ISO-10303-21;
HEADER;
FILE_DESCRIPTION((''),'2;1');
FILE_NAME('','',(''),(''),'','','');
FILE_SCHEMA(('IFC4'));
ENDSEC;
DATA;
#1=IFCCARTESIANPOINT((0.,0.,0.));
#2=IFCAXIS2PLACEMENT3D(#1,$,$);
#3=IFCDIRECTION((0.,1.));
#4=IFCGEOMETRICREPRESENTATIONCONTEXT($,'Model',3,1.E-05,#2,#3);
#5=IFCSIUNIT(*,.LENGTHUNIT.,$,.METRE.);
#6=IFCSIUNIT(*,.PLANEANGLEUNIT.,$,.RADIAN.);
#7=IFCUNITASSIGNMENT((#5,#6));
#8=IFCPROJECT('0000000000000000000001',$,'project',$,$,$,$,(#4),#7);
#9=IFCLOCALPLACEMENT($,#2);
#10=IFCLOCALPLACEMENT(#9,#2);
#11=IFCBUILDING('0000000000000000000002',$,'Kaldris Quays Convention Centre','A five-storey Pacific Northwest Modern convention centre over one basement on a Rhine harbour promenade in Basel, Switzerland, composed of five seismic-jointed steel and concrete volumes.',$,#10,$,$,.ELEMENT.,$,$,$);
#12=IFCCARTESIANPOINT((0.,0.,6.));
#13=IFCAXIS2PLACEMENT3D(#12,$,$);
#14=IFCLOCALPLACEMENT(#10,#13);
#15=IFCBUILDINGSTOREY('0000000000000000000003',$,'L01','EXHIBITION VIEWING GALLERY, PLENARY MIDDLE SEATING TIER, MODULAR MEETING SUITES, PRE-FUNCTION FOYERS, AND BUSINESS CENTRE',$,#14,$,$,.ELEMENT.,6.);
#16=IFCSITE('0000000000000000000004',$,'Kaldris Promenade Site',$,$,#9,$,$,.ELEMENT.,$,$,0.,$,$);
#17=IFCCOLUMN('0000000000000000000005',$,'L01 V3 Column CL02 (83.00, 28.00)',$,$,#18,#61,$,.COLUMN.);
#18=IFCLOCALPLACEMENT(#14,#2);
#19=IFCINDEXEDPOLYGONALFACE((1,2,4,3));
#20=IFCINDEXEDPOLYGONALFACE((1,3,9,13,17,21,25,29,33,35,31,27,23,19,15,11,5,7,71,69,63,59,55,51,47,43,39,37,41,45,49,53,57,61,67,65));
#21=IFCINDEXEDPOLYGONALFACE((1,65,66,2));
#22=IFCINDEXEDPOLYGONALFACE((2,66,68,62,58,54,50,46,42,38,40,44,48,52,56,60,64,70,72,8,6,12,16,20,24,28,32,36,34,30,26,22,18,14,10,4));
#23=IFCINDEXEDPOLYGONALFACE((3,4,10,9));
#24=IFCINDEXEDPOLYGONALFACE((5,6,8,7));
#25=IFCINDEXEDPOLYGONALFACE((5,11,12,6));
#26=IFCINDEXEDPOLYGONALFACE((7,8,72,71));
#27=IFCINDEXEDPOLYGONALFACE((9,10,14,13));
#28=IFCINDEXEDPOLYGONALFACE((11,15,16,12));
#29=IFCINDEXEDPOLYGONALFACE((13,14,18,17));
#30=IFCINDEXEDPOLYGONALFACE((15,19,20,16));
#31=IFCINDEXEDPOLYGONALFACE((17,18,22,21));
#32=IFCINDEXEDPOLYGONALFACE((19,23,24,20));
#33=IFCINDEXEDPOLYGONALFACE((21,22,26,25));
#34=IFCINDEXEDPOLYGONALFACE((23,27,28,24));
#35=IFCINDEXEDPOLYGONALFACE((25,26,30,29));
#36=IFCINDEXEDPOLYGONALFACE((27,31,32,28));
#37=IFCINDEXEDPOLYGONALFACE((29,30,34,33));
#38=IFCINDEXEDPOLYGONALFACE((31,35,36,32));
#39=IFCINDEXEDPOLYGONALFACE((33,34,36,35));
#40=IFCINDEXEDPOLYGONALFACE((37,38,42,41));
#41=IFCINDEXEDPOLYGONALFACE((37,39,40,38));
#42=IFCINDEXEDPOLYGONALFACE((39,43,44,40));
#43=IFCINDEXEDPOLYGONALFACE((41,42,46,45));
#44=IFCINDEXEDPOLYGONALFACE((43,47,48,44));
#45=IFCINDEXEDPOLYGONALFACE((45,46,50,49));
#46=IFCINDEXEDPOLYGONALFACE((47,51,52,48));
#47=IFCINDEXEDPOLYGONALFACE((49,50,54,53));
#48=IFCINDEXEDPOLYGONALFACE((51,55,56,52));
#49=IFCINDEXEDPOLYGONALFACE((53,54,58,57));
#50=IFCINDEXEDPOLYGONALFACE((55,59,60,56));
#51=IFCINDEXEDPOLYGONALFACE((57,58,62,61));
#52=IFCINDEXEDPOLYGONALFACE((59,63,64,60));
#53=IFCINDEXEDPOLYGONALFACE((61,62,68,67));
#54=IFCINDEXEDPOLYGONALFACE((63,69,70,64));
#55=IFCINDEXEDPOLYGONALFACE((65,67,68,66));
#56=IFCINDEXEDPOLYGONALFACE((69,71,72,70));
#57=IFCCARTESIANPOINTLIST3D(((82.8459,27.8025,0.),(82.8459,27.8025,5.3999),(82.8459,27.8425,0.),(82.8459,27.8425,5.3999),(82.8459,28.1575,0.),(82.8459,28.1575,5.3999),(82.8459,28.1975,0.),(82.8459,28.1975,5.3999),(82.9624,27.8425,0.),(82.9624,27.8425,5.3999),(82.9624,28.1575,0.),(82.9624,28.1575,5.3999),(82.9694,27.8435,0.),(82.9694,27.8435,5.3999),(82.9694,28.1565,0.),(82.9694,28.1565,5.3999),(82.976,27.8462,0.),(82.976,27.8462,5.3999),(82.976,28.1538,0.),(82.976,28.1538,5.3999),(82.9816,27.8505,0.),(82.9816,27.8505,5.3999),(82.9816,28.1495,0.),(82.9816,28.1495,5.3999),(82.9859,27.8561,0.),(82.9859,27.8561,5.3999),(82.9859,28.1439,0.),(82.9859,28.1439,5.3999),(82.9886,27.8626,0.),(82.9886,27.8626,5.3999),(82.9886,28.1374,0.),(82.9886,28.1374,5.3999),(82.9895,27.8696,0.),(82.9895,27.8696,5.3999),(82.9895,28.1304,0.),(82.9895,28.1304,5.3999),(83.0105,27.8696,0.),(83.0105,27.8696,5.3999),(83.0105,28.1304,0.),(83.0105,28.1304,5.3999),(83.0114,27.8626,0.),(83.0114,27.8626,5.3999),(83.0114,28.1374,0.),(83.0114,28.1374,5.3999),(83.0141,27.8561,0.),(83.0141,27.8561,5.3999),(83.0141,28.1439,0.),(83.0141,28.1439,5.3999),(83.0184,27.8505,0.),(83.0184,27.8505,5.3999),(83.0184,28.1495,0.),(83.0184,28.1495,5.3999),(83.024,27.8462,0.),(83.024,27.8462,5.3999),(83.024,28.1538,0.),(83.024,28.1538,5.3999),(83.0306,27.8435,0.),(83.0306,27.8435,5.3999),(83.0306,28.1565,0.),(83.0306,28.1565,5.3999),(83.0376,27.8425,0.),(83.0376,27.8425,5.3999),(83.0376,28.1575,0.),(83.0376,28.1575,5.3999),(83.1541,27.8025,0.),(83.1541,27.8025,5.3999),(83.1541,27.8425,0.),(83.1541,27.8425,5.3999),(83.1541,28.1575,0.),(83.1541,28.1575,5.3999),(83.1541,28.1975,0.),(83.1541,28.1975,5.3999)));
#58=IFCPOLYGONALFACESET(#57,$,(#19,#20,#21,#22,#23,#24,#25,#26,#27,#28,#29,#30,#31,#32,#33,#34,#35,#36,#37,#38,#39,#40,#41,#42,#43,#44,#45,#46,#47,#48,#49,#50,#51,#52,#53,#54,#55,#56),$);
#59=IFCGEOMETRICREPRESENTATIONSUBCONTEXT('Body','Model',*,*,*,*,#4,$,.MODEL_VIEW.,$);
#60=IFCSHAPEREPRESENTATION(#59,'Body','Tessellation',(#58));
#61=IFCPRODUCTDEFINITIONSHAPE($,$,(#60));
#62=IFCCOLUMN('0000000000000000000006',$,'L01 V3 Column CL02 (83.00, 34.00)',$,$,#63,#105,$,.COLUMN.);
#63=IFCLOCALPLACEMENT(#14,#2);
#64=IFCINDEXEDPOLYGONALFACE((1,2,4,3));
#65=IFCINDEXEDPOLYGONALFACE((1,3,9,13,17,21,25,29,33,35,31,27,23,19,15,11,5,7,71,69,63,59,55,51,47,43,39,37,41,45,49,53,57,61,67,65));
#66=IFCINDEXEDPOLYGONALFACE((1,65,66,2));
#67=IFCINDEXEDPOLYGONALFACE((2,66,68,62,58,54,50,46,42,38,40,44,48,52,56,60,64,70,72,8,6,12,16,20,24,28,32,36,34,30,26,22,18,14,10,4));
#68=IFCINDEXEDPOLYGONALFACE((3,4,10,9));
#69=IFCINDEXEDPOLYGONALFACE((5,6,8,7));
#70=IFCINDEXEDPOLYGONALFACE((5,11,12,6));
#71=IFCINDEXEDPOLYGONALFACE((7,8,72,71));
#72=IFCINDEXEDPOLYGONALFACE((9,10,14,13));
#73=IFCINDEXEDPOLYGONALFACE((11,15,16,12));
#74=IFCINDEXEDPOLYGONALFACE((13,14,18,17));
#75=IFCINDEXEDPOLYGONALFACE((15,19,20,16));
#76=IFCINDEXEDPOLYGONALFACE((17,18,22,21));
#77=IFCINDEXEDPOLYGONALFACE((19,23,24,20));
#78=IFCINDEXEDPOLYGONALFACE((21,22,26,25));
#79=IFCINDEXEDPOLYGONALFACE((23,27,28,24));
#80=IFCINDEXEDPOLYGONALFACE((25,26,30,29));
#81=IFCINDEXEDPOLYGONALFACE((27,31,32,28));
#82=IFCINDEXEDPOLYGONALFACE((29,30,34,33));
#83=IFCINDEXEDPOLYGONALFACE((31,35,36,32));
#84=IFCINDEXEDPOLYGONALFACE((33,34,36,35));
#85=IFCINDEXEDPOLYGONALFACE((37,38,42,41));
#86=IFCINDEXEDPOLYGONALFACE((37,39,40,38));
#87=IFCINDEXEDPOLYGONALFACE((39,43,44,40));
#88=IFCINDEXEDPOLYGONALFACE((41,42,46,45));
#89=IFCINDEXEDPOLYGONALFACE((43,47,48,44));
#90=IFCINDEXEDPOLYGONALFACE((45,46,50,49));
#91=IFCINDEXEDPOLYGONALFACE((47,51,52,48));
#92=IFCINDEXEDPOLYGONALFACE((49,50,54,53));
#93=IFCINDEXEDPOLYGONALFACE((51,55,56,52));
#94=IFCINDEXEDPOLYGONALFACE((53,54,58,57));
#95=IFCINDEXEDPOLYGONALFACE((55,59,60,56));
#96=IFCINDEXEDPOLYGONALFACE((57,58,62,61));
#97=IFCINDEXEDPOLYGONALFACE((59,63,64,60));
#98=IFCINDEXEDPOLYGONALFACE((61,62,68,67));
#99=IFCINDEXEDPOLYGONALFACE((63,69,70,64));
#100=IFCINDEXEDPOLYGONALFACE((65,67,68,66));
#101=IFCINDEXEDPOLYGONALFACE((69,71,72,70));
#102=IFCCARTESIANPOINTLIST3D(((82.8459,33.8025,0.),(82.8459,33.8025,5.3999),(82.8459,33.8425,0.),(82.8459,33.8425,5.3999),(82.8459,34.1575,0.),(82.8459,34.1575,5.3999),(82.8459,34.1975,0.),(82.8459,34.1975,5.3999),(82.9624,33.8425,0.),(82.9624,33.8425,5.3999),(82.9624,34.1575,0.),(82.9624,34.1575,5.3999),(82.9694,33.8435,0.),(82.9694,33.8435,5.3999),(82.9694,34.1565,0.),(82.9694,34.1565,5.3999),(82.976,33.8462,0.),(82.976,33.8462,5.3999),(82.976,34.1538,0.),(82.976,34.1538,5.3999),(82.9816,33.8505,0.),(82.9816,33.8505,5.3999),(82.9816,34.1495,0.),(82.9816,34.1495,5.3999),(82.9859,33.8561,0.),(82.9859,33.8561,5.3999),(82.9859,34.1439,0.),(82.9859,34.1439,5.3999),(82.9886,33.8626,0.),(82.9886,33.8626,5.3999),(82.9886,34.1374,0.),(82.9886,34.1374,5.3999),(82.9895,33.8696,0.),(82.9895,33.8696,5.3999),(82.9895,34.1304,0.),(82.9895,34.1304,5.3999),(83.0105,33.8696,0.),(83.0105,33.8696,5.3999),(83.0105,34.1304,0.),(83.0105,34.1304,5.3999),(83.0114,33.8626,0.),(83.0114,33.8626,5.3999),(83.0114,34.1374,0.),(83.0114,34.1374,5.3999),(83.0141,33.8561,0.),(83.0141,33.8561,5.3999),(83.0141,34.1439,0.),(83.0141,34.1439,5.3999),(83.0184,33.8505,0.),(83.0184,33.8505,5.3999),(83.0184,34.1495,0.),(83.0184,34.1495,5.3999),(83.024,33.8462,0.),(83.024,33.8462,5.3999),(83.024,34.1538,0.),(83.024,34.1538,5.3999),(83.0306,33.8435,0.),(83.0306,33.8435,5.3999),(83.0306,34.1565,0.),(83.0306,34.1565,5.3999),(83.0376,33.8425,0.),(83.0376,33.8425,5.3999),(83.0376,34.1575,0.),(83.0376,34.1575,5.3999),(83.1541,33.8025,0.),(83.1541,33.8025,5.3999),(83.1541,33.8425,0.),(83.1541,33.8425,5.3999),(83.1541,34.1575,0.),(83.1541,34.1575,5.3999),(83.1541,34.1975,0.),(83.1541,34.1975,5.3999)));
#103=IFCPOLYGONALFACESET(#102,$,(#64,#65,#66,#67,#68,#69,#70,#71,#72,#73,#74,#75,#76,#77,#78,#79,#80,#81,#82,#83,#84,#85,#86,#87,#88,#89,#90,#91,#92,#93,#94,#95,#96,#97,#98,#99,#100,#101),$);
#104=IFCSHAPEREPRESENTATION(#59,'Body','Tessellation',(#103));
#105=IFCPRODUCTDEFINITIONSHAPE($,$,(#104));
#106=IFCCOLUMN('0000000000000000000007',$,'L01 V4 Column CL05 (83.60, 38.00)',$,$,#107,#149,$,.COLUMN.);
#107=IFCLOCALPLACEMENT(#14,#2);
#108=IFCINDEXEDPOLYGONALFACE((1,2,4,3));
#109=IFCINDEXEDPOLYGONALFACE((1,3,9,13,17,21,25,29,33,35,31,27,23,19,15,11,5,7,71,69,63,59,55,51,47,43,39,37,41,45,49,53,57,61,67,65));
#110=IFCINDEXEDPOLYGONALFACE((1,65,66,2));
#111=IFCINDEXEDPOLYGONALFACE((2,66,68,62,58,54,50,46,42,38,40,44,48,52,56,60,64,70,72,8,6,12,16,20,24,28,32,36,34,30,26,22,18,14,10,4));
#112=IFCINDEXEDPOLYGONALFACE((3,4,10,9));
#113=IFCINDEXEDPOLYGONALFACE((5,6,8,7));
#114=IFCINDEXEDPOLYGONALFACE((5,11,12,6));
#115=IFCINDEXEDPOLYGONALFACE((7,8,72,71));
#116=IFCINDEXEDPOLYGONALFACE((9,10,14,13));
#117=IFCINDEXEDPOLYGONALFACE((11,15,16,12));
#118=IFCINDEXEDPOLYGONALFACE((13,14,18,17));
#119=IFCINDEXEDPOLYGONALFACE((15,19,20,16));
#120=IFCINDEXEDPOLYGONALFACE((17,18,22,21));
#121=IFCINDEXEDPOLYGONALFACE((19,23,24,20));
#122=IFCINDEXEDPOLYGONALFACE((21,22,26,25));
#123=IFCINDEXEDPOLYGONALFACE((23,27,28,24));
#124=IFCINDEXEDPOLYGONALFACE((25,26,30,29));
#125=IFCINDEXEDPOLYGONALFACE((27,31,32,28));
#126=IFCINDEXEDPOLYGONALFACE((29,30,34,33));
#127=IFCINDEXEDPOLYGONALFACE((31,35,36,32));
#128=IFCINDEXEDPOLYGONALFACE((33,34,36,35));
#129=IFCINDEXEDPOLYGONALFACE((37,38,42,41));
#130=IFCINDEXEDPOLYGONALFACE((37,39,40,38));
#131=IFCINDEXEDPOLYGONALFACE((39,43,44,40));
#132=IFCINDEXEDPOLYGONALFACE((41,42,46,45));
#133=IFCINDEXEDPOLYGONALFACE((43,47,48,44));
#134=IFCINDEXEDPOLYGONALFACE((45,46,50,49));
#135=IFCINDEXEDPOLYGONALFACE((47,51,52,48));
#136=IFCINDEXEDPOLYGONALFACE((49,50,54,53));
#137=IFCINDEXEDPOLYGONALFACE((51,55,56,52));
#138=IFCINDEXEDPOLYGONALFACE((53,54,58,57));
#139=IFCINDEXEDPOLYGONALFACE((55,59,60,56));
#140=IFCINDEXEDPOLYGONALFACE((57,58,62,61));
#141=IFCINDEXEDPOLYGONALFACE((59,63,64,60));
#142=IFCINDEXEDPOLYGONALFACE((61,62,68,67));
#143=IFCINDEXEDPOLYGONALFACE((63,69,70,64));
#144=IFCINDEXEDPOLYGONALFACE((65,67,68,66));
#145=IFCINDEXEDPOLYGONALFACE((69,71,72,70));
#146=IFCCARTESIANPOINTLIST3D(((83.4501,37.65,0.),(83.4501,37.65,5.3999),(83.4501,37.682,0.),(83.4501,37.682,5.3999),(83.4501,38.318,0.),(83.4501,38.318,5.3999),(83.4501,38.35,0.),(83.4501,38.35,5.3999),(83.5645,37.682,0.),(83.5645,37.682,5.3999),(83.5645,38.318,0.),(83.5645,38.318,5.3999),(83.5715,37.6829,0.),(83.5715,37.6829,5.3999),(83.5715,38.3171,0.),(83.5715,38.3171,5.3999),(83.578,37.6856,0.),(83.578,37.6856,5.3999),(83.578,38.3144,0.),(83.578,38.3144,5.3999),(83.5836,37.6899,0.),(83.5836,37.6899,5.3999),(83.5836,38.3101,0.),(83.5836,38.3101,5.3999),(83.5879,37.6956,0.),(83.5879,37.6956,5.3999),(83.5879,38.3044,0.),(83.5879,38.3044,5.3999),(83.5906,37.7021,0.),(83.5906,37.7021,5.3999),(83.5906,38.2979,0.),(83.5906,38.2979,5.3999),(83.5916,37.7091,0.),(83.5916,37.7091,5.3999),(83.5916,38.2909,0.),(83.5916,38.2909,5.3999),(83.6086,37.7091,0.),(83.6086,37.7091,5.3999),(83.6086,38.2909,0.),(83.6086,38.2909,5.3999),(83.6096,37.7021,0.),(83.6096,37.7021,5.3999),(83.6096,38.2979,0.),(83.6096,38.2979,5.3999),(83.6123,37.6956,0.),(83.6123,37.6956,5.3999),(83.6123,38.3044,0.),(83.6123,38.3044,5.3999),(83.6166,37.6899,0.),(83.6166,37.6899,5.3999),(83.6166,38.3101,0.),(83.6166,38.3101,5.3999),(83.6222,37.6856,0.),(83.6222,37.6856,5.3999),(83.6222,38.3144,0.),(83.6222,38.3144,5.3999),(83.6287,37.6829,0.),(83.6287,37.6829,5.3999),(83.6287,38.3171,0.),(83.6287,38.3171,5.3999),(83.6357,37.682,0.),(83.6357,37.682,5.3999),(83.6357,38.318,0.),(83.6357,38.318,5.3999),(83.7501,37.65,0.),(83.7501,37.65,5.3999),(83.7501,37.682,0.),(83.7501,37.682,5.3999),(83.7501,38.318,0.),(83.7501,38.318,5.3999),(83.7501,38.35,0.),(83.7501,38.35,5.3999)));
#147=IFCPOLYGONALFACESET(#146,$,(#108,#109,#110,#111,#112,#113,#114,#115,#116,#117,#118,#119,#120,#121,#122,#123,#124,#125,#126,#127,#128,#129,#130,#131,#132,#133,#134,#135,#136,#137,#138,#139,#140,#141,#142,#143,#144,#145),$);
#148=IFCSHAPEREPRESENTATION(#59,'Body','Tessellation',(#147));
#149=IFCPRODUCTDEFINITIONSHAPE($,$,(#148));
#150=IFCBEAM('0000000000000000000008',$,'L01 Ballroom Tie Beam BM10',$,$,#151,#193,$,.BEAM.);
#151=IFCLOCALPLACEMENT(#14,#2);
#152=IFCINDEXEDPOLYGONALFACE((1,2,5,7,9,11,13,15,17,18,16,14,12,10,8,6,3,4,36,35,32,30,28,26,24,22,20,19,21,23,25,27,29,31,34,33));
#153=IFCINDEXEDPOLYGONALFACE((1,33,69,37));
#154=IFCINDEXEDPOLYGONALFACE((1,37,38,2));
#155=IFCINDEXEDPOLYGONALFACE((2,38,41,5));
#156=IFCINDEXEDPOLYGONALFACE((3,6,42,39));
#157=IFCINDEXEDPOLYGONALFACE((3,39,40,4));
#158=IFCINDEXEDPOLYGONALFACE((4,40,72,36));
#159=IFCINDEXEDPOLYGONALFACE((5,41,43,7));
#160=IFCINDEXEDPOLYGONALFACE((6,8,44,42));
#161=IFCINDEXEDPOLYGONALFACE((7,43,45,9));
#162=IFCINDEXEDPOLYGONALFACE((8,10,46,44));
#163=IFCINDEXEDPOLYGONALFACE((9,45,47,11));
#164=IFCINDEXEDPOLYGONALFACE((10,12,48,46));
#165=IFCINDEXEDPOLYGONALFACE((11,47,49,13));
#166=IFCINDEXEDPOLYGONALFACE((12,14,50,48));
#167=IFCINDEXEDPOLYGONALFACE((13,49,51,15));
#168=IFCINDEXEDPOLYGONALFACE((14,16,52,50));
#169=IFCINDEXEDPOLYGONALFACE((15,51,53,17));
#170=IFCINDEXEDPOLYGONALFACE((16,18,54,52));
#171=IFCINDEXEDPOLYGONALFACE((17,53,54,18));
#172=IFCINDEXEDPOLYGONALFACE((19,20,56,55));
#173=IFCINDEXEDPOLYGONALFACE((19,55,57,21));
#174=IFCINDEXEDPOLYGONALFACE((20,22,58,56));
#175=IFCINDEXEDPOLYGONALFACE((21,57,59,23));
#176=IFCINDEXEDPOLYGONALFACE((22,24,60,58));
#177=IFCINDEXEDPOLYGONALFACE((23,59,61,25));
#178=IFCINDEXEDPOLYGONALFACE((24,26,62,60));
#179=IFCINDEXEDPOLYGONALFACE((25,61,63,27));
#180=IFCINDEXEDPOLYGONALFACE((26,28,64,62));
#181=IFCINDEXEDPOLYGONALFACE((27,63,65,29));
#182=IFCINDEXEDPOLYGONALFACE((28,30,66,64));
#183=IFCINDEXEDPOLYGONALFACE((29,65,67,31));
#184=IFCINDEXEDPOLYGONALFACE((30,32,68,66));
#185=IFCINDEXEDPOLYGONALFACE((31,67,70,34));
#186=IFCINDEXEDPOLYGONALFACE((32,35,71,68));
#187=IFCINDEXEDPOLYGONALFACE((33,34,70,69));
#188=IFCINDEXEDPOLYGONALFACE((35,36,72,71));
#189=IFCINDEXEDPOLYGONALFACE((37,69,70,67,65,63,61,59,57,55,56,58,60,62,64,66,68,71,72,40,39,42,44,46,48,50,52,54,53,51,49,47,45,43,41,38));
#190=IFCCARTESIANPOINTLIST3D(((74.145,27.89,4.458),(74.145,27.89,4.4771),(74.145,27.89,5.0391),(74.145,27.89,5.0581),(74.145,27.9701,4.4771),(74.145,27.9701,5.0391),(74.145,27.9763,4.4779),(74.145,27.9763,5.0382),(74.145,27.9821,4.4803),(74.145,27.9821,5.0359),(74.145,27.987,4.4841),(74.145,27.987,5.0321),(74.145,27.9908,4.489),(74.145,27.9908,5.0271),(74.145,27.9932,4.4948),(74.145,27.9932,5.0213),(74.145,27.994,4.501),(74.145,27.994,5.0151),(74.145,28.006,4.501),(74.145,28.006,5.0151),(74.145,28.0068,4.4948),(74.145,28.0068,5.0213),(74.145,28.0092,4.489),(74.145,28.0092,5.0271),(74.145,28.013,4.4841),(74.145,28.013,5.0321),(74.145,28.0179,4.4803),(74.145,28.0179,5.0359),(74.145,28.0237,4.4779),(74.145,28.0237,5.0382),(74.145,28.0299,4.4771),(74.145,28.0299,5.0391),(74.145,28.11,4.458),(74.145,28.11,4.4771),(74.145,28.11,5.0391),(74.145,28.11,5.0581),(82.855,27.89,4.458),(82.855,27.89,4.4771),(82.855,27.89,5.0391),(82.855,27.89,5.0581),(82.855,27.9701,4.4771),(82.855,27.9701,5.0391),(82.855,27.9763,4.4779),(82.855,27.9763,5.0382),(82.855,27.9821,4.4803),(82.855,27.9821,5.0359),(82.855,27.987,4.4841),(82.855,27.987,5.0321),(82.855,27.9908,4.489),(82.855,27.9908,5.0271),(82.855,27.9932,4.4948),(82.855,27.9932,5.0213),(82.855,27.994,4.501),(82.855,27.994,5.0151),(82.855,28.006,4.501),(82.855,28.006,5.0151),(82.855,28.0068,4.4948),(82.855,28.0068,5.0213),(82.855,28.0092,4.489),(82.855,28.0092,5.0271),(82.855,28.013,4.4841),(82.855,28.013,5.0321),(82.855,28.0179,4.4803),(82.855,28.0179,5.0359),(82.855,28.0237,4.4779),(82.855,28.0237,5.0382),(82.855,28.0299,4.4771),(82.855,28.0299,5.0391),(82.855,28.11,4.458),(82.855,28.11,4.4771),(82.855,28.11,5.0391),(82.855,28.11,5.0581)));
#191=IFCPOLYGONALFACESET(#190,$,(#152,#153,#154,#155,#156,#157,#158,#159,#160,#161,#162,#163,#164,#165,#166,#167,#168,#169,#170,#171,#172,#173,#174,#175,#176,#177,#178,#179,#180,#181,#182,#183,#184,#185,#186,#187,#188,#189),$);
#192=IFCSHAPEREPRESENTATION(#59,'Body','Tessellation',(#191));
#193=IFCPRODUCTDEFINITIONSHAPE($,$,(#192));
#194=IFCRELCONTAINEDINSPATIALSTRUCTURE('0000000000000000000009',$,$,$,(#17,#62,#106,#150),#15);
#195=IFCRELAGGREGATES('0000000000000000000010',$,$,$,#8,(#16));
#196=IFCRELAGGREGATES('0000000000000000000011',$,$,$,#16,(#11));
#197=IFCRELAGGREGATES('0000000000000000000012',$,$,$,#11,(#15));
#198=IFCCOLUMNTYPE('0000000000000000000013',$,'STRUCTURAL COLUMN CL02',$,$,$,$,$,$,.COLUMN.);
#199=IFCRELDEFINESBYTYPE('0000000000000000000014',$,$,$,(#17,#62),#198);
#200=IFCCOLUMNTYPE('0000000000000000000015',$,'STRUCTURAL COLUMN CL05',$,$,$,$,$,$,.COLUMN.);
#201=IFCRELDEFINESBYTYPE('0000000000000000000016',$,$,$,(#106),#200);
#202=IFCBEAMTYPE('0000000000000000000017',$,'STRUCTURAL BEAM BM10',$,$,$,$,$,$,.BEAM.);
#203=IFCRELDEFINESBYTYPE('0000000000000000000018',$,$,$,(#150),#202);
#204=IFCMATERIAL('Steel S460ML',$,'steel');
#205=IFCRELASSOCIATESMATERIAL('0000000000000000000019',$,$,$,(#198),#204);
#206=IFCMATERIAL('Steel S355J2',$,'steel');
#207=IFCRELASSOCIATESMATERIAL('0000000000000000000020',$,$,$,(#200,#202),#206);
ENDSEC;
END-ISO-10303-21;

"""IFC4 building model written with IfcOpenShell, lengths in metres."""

from ifc_helpers import new_model, si_unit, direction, frame, origin, origin_2d, place, context, subcontext, project, spatial, i_section, extrude, material, material_profile, profile_set, type_object, element, save


model = new_model("IFC4")

# Units and contexts
model_context = context("Model", 3, precision=1e-05, world=origin(), true_north=direction((0.0, 1.0)))
body_context = subcontext(model_context, "Body", "Model", "MODEL_VIEW")
ifc_project = project(units=[si_unit("LENGTHUNIT", "METRE"), si_unit("PLANEANGLEUNIT", "RADIAN")], contexts=[model_context])

# Site, building, storey
site_placement = place(None, origin())
site = spatial("IfcSite", under=ifc_project, at=site_placement, Name="Kaldris Promenade Site", CompositionType="ELEMENT", RefElevation=0.0)
building_placement = place(site_placement, origin())
building = spatial("IfcBuilding", under=site, at=building_placement, Name="Kaldris Quays Convention Centre", Description="A five-storey Pacific Northwest Modern convention centre over one basement on a Rhine harbour promenade in Basel, Switzerland, composed of five seismic-jointed steel and concrete volumes.", CompositionType="ELEMENT")
storey_placement = place(building_placement, frame((0.0, 0.0, 6.0)))
storey = spatial("IfcBuildingStorey", under=building, at=storey_placement, Name="L01", Description="EXHIBITION VIEWING GALLERY, PLENARY MIDDLE SEATING TIER, MODULAR MEETING SUITES, PRE-FUNCTION FOYERS, AND BUSINESS CENTRE", CompositionType="ELEMENT", Elevation=6.0)

# Columns
ifc_material_1 = material(Name="Steel S460ML", Category="steel")
ifc_material_profile_1 = material_profile(ifc_material_1, i_section(OverallWidth=0.3081, OverallDepth=0.395, WebThickness=0.021, FlangeThickness=0.04, FilletRadius=0.0271, at=origin_2d()), Name="HEM 360")
ifc_profile_set_1 = profile_set([ifc_material_profile_1], Name="Steel S460ML")
column_type_1 = type_object("IfcColumnType", Name="STRUCTURAL COLUMN CL02", PredefinedType="COLUMN", material=ifc_profile_set_1)
for number, where, z_axis, x_axis, name in (
    (1, (83.0, 28.0, 0.0), (0.0, 0.0, 1.0), (1.0, 0.0, 0.0), "L01 V3 Column CL02 (83.00, 28.00)"),
    (2, (83.0, 34.0, 0.0), (0.0, 0.0, 1.0), (1.0, 0.0, 0.0), "L01 V3 Column CL02 (83.00, 34.00)"),
):
    element("IfcColumn", number, at=place(storey_placement, frame(where, z_axis=z_axis, x_axis=x_axis)), inside=storey, type_object=column_type_1, Name=name, PredefinedType="COLUMN", context=body_context, shape_type="SweptSolid", body=[
        extrude(i_section(OverallWidth=0.3081, OverallDepth=0.395, WebThickness=0.021, FlangeThickness=0.04, FilletRadius=0.0271, at=origin_2d()), origin(), (0.0, 0.0, 1.0), 5.3999),
    ])
ifc_material_2 = material(Name="Steel S355J2", Category="steel")
ifc_material_profile_2 = material_profile(ifc_material_2, i_section(OverallWidth=0.3, OverallDepth=0.7, WebThickness=0.0171, FlangeThickness=0.032, FilletRadius=0.0271, at=origin_2d()), Name="HEB 700")
ifc_profile_set_2 = profile_set([ifc_material_profile_2], Name="Steel S355J2")
column_type_2 = type_object("IfcColumnType", Name="STRUCTURAL COLUMN CL05", PredefinedType="COLUMN", material=ifc_profile_set_2)
column_placement = place(storey_placement, frame((83.6001, 38.0, 0.0), z_axis=(0.0, 0.0, 1.0), x_axis=(1.0, 0.0, 0.0)))
element("IfcColumn", 3, at=column_placement, inside=storey, type_object=column_type_2, Name="L01 V4 Column CL05 (83.60, 38.00)", PredefinedType="COLUMN", context=body_context, shape_type="SweptSolid", body=[
    extrude(i_section(OverallWidth=0.3, OverallDepth=0.7, WebThickness=0.0171, FlangeThickness=0.032, FilletRadius=0.0271, at=origin_2d()), origin(), (0.0, 0.0, 1.0), 5.3999),
])

# Beam
ifc_material_profile_3 = material_profile(ifc_material_2, i_section(OverallWidth=0.22, OverallDepth=0.6001, WebThickness=0.012, FlangeThickness=0.019, FilletRadius=0.0239, at=origin_2d()), Name="IPE 600")
ifc_profile_set_3 = profile_set([ifc_material_profile_3], Name="Steel S355J2")
beam_type = type_object("IfcBeamType", Name="STRUCTURAL BEAM BM10", PredefinedType="BEAM", material=ifc_profile_set_3)
for number, where, z_axis, x_axis, name in (
    (4, (74.145, 28.0, 4.7581), (1.0, 0.0, 0.0), (0.0, 1.0, 0.0), "L01 Ballroom Tie Beam BM10"),
):
    element("IfcBeam", number, at=place(storey_placement, frame(where, z_axis=z_axis, x_axis=x_axis)), inside=storey, type_object=beam_type, Name=name, PredefinedType="BEAM", context=body_context, shape_type="SweptSolid", body=[
        extrude(i_section(OverallWidth=0.22, OverallDepth=0.6001, WebThickness=0.012, FlangeThickness=0.019, FilletRadius=0.0239, at=origin_2d()), origin(), (0.0, 0.0, 1.0), 8.71),
    ])

save(model, "model.ifc")
